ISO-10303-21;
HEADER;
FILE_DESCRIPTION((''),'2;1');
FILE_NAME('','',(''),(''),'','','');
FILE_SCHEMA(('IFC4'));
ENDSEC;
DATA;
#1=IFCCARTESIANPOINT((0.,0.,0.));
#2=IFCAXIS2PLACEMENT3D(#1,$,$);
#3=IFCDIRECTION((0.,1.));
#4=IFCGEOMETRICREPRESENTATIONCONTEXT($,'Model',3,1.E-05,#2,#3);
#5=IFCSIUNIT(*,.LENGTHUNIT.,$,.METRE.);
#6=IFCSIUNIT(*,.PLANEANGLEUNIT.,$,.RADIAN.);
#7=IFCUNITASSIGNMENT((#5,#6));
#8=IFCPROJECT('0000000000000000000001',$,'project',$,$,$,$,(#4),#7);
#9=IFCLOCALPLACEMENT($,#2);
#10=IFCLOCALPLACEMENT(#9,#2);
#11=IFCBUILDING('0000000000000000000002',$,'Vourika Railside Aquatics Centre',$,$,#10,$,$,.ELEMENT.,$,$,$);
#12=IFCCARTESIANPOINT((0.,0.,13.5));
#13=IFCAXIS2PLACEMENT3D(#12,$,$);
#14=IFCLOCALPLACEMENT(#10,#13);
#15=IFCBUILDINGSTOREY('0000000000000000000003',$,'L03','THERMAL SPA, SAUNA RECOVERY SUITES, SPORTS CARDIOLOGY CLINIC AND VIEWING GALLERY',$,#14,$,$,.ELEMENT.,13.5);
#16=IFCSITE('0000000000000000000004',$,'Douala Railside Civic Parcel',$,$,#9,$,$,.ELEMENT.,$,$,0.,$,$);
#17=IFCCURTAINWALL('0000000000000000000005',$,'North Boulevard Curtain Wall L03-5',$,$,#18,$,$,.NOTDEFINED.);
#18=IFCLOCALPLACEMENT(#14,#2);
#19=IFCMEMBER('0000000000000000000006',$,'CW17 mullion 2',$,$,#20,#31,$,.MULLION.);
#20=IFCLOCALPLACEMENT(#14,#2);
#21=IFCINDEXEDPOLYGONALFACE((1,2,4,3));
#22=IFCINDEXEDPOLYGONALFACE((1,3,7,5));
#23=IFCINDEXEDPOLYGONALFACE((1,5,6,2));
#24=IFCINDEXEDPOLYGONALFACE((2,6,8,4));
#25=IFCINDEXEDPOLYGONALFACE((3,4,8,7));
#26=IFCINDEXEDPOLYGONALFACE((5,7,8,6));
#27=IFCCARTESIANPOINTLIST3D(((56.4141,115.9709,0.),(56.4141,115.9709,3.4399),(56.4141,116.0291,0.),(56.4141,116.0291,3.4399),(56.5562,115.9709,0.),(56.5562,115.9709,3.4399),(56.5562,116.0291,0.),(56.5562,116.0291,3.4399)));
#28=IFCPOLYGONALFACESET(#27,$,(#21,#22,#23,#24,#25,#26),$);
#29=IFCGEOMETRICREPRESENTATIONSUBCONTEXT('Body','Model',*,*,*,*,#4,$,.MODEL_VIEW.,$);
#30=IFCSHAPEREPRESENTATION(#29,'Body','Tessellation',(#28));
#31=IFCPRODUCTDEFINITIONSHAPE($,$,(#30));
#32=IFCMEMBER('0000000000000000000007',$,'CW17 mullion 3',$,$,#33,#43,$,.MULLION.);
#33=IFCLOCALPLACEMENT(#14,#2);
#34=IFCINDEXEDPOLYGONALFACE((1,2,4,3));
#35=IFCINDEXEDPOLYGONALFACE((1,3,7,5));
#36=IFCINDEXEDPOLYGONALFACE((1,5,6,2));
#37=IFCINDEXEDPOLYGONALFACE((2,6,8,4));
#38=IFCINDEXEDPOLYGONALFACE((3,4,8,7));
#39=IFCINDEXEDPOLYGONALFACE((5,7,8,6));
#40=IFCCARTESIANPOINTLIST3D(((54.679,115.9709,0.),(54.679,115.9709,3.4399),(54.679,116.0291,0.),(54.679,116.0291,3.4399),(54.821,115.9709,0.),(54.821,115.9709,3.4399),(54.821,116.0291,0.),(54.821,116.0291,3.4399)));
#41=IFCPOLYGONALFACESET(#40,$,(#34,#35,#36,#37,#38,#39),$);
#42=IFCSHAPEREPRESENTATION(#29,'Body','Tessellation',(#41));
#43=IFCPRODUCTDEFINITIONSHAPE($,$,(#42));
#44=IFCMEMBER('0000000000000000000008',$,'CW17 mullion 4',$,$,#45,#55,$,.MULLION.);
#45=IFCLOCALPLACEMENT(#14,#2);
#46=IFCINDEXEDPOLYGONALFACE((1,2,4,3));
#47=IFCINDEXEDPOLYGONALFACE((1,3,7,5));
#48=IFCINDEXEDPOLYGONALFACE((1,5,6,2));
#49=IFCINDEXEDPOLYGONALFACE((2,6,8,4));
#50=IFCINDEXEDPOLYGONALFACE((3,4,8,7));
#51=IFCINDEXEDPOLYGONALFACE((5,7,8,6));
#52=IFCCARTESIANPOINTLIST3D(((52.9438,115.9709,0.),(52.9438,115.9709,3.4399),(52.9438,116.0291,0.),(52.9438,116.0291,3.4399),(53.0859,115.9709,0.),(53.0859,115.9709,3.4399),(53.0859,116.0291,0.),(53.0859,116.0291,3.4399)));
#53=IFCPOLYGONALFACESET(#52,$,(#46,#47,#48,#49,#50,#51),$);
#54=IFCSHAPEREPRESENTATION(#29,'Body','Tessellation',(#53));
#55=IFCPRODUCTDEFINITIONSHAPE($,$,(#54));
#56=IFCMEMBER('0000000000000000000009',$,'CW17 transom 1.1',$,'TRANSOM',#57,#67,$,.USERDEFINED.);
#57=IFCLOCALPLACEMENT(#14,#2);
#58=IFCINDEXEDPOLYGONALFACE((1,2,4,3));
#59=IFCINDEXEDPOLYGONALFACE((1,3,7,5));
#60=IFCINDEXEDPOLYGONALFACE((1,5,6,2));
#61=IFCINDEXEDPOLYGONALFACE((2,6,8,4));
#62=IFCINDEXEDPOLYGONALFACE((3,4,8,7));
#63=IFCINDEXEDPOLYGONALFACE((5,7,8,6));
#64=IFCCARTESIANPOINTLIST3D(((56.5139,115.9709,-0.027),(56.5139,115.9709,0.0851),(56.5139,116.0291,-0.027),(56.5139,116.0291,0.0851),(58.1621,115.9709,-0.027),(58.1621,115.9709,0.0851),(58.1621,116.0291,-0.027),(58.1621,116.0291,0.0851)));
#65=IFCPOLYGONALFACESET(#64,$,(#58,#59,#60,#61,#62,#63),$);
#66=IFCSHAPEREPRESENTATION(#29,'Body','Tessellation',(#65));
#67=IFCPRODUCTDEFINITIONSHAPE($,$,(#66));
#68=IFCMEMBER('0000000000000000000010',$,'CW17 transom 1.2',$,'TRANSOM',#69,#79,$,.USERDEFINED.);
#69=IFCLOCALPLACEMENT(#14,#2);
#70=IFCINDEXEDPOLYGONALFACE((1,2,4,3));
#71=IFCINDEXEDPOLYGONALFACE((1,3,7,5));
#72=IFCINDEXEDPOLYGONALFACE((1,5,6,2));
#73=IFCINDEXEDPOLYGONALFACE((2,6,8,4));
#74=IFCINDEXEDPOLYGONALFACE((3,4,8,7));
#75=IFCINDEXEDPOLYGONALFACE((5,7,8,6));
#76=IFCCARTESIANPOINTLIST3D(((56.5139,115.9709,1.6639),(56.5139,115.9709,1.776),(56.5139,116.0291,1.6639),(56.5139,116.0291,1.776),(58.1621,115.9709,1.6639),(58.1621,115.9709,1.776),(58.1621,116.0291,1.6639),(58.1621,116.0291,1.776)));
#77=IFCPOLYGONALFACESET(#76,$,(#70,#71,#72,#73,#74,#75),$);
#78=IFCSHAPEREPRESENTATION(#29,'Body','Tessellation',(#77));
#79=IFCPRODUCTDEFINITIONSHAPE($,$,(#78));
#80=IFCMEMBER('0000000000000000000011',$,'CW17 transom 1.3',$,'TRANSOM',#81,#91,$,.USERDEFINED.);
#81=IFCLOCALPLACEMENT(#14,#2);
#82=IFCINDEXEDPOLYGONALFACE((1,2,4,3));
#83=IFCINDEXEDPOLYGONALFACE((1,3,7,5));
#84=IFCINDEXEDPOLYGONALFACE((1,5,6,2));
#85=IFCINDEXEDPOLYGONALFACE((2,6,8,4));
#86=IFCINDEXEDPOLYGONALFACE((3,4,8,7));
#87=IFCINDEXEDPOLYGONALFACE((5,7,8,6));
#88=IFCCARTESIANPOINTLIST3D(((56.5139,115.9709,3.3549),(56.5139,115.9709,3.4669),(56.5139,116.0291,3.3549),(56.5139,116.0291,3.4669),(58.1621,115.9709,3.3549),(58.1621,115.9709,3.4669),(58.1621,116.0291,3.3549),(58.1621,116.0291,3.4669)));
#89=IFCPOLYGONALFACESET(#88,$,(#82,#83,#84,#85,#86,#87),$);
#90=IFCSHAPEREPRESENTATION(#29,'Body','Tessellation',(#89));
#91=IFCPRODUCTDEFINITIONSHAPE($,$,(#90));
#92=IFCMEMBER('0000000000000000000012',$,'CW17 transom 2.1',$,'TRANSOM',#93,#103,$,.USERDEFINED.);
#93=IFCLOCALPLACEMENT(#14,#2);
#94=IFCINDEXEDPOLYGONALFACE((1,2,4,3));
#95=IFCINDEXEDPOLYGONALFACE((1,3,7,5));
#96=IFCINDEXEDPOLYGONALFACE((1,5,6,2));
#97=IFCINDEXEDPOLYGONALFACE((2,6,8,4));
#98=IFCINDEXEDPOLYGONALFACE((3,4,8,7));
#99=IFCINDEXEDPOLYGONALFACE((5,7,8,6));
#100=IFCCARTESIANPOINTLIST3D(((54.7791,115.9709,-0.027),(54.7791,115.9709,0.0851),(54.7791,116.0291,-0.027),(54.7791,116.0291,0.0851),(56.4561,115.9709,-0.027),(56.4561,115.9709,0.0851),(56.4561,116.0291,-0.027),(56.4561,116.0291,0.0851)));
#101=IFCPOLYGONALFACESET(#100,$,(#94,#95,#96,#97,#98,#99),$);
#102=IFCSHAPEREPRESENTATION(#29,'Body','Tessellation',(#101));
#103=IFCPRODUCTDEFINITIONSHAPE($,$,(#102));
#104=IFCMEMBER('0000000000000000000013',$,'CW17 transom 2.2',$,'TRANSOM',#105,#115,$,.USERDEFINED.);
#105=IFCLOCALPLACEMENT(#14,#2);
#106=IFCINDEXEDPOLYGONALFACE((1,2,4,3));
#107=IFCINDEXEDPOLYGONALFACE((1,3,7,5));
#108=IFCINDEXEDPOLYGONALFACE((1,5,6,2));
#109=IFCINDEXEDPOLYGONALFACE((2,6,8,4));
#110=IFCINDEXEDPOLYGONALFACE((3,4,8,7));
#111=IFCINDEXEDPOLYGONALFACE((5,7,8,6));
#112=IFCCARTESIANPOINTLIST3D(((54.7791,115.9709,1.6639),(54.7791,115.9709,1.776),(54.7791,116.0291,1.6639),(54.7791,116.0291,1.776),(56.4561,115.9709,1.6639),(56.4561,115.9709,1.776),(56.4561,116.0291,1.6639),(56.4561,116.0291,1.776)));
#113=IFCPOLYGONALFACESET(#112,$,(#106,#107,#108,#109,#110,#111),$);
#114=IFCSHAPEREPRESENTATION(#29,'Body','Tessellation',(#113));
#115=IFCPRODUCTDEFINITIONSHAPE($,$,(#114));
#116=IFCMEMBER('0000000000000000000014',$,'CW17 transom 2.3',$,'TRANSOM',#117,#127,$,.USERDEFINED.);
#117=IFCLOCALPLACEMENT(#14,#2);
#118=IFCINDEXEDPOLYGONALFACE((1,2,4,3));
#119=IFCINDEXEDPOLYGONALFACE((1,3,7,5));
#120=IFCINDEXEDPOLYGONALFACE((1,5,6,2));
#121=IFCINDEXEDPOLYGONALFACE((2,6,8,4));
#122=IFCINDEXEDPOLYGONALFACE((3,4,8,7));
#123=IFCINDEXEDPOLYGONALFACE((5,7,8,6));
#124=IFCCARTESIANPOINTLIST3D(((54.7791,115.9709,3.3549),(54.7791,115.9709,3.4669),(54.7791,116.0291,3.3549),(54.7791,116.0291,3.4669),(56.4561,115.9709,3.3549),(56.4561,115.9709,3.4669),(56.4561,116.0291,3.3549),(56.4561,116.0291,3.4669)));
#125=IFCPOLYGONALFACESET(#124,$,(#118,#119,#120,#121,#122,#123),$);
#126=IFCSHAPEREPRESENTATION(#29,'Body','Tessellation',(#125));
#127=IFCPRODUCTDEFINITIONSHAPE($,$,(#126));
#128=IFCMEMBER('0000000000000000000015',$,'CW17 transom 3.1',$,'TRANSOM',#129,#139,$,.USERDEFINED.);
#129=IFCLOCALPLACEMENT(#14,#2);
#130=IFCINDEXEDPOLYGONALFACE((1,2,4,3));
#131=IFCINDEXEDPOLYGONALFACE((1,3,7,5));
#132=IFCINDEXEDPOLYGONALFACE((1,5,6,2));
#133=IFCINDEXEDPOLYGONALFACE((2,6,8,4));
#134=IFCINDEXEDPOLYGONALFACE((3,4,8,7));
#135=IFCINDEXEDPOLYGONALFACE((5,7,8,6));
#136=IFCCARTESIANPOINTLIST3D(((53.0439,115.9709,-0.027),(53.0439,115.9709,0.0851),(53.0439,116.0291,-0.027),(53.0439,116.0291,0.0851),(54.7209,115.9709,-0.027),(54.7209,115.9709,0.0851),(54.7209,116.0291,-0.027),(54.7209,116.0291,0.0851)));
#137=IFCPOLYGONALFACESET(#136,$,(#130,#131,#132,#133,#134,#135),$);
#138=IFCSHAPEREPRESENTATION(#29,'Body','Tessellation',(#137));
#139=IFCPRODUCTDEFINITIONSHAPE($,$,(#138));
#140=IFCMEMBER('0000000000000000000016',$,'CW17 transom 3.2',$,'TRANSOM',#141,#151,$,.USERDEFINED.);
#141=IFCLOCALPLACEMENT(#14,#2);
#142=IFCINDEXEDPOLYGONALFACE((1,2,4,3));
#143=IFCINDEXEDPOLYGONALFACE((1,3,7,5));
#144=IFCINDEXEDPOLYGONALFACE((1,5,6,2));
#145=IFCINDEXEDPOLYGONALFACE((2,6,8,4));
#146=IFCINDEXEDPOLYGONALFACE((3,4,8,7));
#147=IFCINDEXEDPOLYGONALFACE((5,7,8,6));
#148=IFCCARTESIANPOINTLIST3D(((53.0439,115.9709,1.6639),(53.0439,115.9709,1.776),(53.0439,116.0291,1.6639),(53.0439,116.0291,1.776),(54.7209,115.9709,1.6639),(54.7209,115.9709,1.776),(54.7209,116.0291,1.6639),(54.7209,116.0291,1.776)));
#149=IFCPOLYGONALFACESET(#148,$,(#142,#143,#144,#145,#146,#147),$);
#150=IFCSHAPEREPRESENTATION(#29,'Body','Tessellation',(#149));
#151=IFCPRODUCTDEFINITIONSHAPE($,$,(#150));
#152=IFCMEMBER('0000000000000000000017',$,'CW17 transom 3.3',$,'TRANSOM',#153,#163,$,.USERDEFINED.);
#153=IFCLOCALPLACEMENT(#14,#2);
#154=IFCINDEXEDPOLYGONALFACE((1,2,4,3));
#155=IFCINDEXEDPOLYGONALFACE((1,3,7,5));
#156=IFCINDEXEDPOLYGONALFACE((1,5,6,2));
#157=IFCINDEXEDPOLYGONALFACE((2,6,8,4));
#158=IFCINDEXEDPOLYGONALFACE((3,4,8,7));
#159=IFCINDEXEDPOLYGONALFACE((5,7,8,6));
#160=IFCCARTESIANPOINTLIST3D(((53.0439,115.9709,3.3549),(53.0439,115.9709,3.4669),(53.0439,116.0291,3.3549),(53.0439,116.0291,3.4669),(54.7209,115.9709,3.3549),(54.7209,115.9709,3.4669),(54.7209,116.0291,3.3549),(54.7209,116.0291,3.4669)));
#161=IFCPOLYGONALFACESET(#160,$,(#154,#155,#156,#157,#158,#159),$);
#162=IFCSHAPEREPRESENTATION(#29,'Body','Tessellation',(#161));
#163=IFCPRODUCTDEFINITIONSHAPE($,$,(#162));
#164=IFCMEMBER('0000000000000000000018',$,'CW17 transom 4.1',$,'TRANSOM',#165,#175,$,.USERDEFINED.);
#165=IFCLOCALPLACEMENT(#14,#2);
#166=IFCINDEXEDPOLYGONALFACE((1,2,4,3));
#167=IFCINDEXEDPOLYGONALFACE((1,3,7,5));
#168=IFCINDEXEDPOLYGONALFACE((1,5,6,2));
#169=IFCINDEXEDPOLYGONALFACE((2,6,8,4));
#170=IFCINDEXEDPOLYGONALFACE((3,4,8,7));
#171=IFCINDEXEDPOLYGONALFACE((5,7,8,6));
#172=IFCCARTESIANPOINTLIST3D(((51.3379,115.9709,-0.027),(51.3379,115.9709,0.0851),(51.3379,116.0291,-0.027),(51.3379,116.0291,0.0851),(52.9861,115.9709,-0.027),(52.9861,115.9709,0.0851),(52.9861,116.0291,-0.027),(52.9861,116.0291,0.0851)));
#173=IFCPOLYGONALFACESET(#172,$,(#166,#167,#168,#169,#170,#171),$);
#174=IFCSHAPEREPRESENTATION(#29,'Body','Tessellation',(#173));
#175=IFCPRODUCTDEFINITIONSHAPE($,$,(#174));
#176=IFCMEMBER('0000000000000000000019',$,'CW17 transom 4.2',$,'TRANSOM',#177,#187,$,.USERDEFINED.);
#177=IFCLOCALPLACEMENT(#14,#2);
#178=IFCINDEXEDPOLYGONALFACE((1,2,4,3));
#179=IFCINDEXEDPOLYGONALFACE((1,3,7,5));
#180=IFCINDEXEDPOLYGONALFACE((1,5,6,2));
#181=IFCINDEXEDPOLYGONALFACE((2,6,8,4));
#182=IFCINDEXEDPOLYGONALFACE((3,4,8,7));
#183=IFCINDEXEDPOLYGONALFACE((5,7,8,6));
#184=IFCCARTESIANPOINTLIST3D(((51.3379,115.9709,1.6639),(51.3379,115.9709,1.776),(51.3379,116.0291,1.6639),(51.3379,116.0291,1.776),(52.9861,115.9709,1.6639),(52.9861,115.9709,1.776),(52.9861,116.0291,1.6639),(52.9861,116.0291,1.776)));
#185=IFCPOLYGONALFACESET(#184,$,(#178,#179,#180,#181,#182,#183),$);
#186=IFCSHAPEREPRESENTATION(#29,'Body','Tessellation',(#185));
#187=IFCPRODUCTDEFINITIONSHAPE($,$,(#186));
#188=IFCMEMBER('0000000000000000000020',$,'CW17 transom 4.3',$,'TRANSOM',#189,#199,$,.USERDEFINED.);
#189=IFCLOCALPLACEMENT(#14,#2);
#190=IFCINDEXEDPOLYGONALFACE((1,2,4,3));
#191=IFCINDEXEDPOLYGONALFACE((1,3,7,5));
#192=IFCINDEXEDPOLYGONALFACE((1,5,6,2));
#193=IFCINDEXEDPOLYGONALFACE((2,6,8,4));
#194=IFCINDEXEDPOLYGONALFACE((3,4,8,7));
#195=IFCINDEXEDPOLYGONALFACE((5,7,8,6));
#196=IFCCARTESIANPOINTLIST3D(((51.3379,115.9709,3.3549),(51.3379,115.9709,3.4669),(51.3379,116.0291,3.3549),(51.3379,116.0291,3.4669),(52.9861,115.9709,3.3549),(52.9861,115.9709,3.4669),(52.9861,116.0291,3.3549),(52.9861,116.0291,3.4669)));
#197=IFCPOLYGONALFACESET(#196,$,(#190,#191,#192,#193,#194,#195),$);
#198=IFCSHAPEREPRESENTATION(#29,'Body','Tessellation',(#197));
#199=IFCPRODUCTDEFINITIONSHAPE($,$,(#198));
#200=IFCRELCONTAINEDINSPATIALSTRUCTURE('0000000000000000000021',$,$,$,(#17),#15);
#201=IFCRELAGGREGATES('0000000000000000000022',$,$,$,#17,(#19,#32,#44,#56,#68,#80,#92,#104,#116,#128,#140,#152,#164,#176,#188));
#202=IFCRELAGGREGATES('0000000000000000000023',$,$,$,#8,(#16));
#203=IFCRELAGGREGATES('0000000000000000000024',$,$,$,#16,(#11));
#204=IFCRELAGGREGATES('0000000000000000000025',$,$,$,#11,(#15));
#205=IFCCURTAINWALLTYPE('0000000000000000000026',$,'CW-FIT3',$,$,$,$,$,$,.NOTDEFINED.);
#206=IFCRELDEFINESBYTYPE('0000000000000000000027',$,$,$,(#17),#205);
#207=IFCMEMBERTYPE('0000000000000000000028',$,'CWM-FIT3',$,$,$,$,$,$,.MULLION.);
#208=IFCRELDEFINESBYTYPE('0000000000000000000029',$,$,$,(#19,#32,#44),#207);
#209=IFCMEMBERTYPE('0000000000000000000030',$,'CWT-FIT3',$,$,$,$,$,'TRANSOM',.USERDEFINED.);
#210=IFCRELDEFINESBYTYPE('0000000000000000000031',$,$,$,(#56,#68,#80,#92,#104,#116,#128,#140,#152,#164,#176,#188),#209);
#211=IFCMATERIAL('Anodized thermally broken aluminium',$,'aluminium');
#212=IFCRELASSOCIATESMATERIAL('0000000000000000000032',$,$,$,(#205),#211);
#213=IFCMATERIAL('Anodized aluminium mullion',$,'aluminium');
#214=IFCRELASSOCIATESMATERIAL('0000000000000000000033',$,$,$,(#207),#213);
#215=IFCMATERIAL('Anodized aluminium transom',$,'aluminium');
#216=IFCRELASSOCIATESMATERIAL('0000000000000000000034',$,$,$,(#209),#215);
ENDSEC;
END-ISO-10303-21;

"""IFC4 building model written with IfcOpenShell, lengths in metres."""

from ifc_helpers import new_model, si_unit, direction, frame, origin, origin_2d, place, context, subcontext, project, spatial, rectangle, extrude, material, material_profile, profile_set, type_object, element, aggregate, save


model = new_model("IFC4")

# Units and contexts
model_context = context("Model", 3, precision=1e-05, world=origin(), true_north=direction((0.0, 1.0)))
body_context = subcontext(model_context, "Body", "Model", "MODEL_VIEW")
ifc_project = project(units=[si_unit("LENGTHUNIT", "METRE"), si_unit("PLANEANGLEUNIT", "RADIAN")], contexts=[model_context])

# Site, building, storey
site_placement = place(None, origin())
site = spatial("IfcSite", under=ifc_project, at=site_placement, Name="Douala Railside Civic Parcel", CompositionType="ELEMENT", RefElevation=0.0)
building_placement = place(site_placement, origin())
building = spatial("IfcBuilding", under=site, at=building_placement, Name="Vourika Railside Aquatics Centre", CompositionType="ELEMENT")
storey_placement = place(building_placement, frame((0.0, 0.0, 13.5)))
storey = spatial("IfcBuildingStorey", under=building, at=storey_placement, Name="L03", Description="THERMAL SPA, SAUNA RECOVERY SUITES, SPORTS CARDIOLOGY CLINIC AND VIEWING GALLERY", CompositionType="ELEMENT", Elevation=13.5)

# Curtain wall, members
ifc_material_1 = material(Name="Anodized thermally broken aluminium", Category="aluminium")
curtain_wall_type = type_object("IfcCurtainWallType", Name="CW-FIT3", PredefinedType="NOTDEFINED", material=ifc_material_1)
curtain_wall_placement = place(storey_placement, origin())
curtain_wall = element("IfcCurtainWall", 1, at=curtain_wall_placement, inside=storey, type_object=curtain_wall_type, Name="North Boulevard Curtain Wall L03-5", PredefinedType="NOTDEFINED")
ifc_material_2 = material(Name="Anodized aluminium mullion", Category="aluminium")
ifc_material_profile_1 = material_profile(ifc_material_2, rectangle(XDim=0.0581, YDim=0.1421, at=origin_2d()), Name="ALU-M 58x142")
ifc_profile_set_1 = profile_set([ifc_material_profile_1], Name="Anodized aluminium mullion")
member_type_1 = type_object("IfcMemberType", Name="CWM-FIT3", PredefinedType="MULLION", material=ifc_profile_set_1)
member_1_placement = place(storey_placement, frame((56.4851, 116.0, 0.0), z_axis=(0.0, 0.0, 1.0), x_axis=(0.0, -1.0, 0.0)))
member_1 = element("IfcMember", 2, at=member_1_placement, type_object=member_type_1, Name="CW17 mullion 2", PredefinedType="MULLION", context=body_context, shape_type="SweptSolid", body=[
    extrude(rectangle(XDim=0.0581, YDim=0.1421, at=origin_2d()), origin(), (0.0, 0.0, 1.0), 3.4399),
])
member_2_placement = place(storey_placement, frame((54.75, 116.0, 0.0), z_axis=(0.0, 0.0, 1.0), x_axis=(0.0, -1.0, 0.0)))
member_2 = element("IfcMember", 3, at=member_2_placement, type_object=member_type_1, Name="CW17 mullion 3", PredefinedType="MULLION", context=body_context, shape_type="SweptSolid", body=[
    extrude(rectangle(XDim=0.0581, YDim=0.1421, at=origin_2d()), origin(), (0.0, 0.0, 1.0), 3.4399),
])
member_3_placement = place(storey_placement, frame((53.0149, 116.0, 0.0), z_axis=(0.0, 0.0, 1.0), x_axis=(0.0, -1.0, 0.0)))
member_3 = element("IfcMember", 4, at=member_3_placement, type_object=member_type_1, Name="CW17 mullion 4", PredefinedType="MULLION", context=body_context, shape_type="SweptSolid", body=[
    extrude(rectangle(XDim=0.0581, YDim=0.1421, at=origin_2d()), origin(), (0.0, 0.0, 1.0), 3.4399),
])
ifc_material_3 = material(Name="Anodized aluminium transom", Category="aluminium")
ifc_material_profile_2 = material_profile(ifc_material_3, rectangle(XDim=0.0581, YDim=0.1121, at=origin_2d()), Name="ALU-T 58x112")
ifc_profile_set_2 = profile_set([ifc_material_profile_2], Name="Anodized aluminium transom")
member_type_2 = type_object("IfcMemberType", Name="CWT-FIT3", ElementType="TRANSOM", PredefinedType="USERDEFINED", material=ifc_profile_set_2)
member_4_placement = place(storey_placement, frame((58.1621, 116.0, 0.0291), z_axis=(-1.0, 0.0, 0.0), x_axis=(0.0, -1.0, 0.0)))
member_4 = element("IfcMember", 5, at=member_4_placement, type_object=member_type_2, Name="CW17 transom 1.1", ObjectType="TRANSOM", PredefinedType="USERDEFINED", context=body_context, shape_type="SweptSolid", body=[
    extrude(rectangle(XDim=0.0581, YDim=0.1121, at=origin_2d()), origin(), (0.0, 0.0, 1.0), 1.6482),
])
member_5_placement = place(storey_placement, frame((58.1621, 116.0, 1.72), z_axis=(-1.0, 0.0, 0.0), x_axis=(0.0, -1.0, 0.0)))
member_5 = element("IfcMember", 6, at=member_5_placement, type_object=member_type_2, Name="CW17 transom 1.2", ObjectType="TRANSOM", PredefinedType="USERDEFINED", context=body_context, shape_type="SweptSolid", body=[
    extrude(rectangle(XDim=0.0581, YDim=0.1121, at=origin_2d()), origin(), (0.0, 0.0, 1.0), 1.6482),
])
member_6_placement = place(storey_placement, frame((58.1621, 116.0, 3.4109), z_axis=(-1.0, 0.0, 0.0), x_axis=(0.0, -1.0, 0.0)))
member_6 = element("IfcMember", 7, at=member_6_placement, type_object=member_type_2, Name="CW17 transom 1.3", ObjectType="TRANSOM", PredefinedType="USERDEFINED", context=body_context, shape_type="SweptSolid", body=[
    extrude(rectangle(XDim=0.0581, YDim=0.1121, at=origin_2d()), origin(), (0.0, 0.0, 1.0), 1.6482),
])
member_7_placement = place(storey_placement, frame((56.4561, 116.0, 0.0291), z_axis=(-1.0, 0.0, 0.0), x_axis=(0.0, -1.0, 0.0)))
member_7 = element("IfcMember", 8, at=member_7_placement, type_object=member_type_2, Name="CW17 transom 2.1", ObjectType="TRANSOM", PredefinedType="USERDEFINED", context=body_context, shape_type="SweptSolid", body=[
    extrude(rectangle(XDim=0.0581, YDim=0.1121, at=origin_2d()), origin(), (0.0, 0.0, 1.0), 1.677),
])
member_8_placement = place(storey_placement, frame((56.4561, 116.0, 1.72), z_axis=(-1.0, 0.0, 0.0), x_axis=(0.0, -1.0, 0.0)))
member_8 = element("IfcMember", 9, at=member_8_placement, type_object=member_type_2, Name="CW17 transom 2.2", ObjectType="TRANSOM", PredefinedType="USERDEFINED", context=body_context, shape_type="SweptSolid", body=[
    extrude(rectangle(XDim=0.0581, YDim=0.1121, at=origin_2d()), origin(), (0.0, 0.0, 1.0), 1.677),
])
member_9_placement = place(storey_placement, frame((56.4561, 116.0, 3.4109), z_axis=(-1.0, 0.0, 0.0), x_axis=(0.0, -1.0, 0.0)))
member_9 = element("IfcMember", 10, at=member_9_placement, type_object=member_type_2, Name="CW17 transom 2.3", ObjectType="TRANSOM", PredefinedType="USERDEFINED", context=body_context, shape_type="SweptSolid", body=[
    extrude(rectangle(XDim=0.0581, YDim=0.1121, at=origin_2d()), origin(), (0.0, 0.0, 1.0), 1.677),
])
member_10_placement = place(storey_placement, frame((54.7209, 116.0, 0.0291), z_axis=(-1.0, 0.0, 0.0), x_axis=(0.0, -1.0, 0.0)))
member_10 = element("IfcMember", 11, at=member_10_placement, type_object=member_type_2, Name="CW17 transom 3.1", ObjectType="TRANSOM", PredefinedType="USERDEFINED", context=body_context, shape_type="SweptSolid", body=[
    extrude(rectangle(XDim=0.0581, YDim=0.1121, at=origin_2d()), origin(), (0.0, 0.0, 1.0), 1.677),
])
member_11_placement = place(storey_placement, frame((54.7209, 116.0, 1.72), z_axis=(-1.0, 0.0, 0.0), x_axis=(0.0, -1.0, 0.0)))
member_11 = element("IfcMember", 12, at=member_11_placement, type_object=member_type_2, Name="CW17 transom 3.2", ObjectType="TRANSOM", PredefinedType="USERDEFINED", context=body_context, shape_type="SweptSolid", body=[
    extrude(rectangle(XDim=0.0581, YDim=0.1121, at=origin_2d()), origin(), (0.0, 0.0, 1.0), 1.677),
])
member_12_placement = place(storey_placement, frame((54.7209, 116.0, 3.4109), z_axis=(-1.0, 0.0, 0.0), x_axis=(0.0, -1.0, 0.0)))
member_12 = element("IfcMember", 13, at=member_12_placement, type_object=member_type_2, Name="CW17 transom 3.3", ObjectType="TRANSOM", PredefinedType="USERDEFINED", context=body_context, shape_type="SweptSolid", body=[
    extrude(rectangle(XDim=0.0581, YDim=0.1121, at=origin_2d()), origin(), (0.0, 0.0, 1.0), 1.677),
])
member_13_placement = place(storey_placement, frame((52.9861, 116.0, 0.0291), z_axis=(-1.0, 0.0, 0.0), x_axis=(0.0, -1.0, 0.0)))
member_13 = element("IfcMember", 14, at=member_13_placement, type_object=member_type_2, Name="CW17 transom 4.1", ObjectType="TRANSOM", PredefinedType="USERDEFINED", context=body_context, shape_type="SweptSolid", body=[
    extrude(rectangle(XDim=0.0581, YDim=0.1121, at=origin_2d()), origin(), (0.0, 0.0, 1.0), 1.6482),
])
member_14_placement = place(storey_placement, frame((52.9861, 116.0, 1.72), z_axis=(-1.0, 0.0, 0.0), x_axis=(0.0, -1.0, 0.0)))
member_14 = element("IfcMember", 15, at=member_14_placement, type_object=member_type_2, Name="CW17 transom 4.2", ObjectType="TRANSOM", PredefinedType="USERDEFINED", context=body_context, shape_type="SweptSolid", body=[
    extrude(rectangle(XDim=0.0581, YDim=0.1121, at=origin_2d()), origin(), (0.0, 0.0, 1.0), 1.6482),
])
member_15_placement = place(storey_placement, frame((52.9861, 116.0, 3.4109), z_axis=(-1.0, 0.0, 0.0), x_axis=(0.0, -1.0, 0.0)))
member_15 = element("IfcMember", 16, at=member_15_placement, type_object=member_type_2, Name="CW17 transom 4.3", ObjectType="TRANSOM", PredefinedType="USERDEFINED", context=body_context, shape_type="SweptSolid", body=[
    extrude(rectangle(XDim=0.0581, YDim=0.1121, at=origin_2d()), origin(), (0.0, 0.0, 1.0), 1.6482),
])
aggregate(curtain_wall, [member_1, member_2, member_3, member_4, member_5, member_6, member_7, member_8, member_9, member_10, member_11, member_12, member_13, member_14, member_15])

save(model, "model.ifc")
